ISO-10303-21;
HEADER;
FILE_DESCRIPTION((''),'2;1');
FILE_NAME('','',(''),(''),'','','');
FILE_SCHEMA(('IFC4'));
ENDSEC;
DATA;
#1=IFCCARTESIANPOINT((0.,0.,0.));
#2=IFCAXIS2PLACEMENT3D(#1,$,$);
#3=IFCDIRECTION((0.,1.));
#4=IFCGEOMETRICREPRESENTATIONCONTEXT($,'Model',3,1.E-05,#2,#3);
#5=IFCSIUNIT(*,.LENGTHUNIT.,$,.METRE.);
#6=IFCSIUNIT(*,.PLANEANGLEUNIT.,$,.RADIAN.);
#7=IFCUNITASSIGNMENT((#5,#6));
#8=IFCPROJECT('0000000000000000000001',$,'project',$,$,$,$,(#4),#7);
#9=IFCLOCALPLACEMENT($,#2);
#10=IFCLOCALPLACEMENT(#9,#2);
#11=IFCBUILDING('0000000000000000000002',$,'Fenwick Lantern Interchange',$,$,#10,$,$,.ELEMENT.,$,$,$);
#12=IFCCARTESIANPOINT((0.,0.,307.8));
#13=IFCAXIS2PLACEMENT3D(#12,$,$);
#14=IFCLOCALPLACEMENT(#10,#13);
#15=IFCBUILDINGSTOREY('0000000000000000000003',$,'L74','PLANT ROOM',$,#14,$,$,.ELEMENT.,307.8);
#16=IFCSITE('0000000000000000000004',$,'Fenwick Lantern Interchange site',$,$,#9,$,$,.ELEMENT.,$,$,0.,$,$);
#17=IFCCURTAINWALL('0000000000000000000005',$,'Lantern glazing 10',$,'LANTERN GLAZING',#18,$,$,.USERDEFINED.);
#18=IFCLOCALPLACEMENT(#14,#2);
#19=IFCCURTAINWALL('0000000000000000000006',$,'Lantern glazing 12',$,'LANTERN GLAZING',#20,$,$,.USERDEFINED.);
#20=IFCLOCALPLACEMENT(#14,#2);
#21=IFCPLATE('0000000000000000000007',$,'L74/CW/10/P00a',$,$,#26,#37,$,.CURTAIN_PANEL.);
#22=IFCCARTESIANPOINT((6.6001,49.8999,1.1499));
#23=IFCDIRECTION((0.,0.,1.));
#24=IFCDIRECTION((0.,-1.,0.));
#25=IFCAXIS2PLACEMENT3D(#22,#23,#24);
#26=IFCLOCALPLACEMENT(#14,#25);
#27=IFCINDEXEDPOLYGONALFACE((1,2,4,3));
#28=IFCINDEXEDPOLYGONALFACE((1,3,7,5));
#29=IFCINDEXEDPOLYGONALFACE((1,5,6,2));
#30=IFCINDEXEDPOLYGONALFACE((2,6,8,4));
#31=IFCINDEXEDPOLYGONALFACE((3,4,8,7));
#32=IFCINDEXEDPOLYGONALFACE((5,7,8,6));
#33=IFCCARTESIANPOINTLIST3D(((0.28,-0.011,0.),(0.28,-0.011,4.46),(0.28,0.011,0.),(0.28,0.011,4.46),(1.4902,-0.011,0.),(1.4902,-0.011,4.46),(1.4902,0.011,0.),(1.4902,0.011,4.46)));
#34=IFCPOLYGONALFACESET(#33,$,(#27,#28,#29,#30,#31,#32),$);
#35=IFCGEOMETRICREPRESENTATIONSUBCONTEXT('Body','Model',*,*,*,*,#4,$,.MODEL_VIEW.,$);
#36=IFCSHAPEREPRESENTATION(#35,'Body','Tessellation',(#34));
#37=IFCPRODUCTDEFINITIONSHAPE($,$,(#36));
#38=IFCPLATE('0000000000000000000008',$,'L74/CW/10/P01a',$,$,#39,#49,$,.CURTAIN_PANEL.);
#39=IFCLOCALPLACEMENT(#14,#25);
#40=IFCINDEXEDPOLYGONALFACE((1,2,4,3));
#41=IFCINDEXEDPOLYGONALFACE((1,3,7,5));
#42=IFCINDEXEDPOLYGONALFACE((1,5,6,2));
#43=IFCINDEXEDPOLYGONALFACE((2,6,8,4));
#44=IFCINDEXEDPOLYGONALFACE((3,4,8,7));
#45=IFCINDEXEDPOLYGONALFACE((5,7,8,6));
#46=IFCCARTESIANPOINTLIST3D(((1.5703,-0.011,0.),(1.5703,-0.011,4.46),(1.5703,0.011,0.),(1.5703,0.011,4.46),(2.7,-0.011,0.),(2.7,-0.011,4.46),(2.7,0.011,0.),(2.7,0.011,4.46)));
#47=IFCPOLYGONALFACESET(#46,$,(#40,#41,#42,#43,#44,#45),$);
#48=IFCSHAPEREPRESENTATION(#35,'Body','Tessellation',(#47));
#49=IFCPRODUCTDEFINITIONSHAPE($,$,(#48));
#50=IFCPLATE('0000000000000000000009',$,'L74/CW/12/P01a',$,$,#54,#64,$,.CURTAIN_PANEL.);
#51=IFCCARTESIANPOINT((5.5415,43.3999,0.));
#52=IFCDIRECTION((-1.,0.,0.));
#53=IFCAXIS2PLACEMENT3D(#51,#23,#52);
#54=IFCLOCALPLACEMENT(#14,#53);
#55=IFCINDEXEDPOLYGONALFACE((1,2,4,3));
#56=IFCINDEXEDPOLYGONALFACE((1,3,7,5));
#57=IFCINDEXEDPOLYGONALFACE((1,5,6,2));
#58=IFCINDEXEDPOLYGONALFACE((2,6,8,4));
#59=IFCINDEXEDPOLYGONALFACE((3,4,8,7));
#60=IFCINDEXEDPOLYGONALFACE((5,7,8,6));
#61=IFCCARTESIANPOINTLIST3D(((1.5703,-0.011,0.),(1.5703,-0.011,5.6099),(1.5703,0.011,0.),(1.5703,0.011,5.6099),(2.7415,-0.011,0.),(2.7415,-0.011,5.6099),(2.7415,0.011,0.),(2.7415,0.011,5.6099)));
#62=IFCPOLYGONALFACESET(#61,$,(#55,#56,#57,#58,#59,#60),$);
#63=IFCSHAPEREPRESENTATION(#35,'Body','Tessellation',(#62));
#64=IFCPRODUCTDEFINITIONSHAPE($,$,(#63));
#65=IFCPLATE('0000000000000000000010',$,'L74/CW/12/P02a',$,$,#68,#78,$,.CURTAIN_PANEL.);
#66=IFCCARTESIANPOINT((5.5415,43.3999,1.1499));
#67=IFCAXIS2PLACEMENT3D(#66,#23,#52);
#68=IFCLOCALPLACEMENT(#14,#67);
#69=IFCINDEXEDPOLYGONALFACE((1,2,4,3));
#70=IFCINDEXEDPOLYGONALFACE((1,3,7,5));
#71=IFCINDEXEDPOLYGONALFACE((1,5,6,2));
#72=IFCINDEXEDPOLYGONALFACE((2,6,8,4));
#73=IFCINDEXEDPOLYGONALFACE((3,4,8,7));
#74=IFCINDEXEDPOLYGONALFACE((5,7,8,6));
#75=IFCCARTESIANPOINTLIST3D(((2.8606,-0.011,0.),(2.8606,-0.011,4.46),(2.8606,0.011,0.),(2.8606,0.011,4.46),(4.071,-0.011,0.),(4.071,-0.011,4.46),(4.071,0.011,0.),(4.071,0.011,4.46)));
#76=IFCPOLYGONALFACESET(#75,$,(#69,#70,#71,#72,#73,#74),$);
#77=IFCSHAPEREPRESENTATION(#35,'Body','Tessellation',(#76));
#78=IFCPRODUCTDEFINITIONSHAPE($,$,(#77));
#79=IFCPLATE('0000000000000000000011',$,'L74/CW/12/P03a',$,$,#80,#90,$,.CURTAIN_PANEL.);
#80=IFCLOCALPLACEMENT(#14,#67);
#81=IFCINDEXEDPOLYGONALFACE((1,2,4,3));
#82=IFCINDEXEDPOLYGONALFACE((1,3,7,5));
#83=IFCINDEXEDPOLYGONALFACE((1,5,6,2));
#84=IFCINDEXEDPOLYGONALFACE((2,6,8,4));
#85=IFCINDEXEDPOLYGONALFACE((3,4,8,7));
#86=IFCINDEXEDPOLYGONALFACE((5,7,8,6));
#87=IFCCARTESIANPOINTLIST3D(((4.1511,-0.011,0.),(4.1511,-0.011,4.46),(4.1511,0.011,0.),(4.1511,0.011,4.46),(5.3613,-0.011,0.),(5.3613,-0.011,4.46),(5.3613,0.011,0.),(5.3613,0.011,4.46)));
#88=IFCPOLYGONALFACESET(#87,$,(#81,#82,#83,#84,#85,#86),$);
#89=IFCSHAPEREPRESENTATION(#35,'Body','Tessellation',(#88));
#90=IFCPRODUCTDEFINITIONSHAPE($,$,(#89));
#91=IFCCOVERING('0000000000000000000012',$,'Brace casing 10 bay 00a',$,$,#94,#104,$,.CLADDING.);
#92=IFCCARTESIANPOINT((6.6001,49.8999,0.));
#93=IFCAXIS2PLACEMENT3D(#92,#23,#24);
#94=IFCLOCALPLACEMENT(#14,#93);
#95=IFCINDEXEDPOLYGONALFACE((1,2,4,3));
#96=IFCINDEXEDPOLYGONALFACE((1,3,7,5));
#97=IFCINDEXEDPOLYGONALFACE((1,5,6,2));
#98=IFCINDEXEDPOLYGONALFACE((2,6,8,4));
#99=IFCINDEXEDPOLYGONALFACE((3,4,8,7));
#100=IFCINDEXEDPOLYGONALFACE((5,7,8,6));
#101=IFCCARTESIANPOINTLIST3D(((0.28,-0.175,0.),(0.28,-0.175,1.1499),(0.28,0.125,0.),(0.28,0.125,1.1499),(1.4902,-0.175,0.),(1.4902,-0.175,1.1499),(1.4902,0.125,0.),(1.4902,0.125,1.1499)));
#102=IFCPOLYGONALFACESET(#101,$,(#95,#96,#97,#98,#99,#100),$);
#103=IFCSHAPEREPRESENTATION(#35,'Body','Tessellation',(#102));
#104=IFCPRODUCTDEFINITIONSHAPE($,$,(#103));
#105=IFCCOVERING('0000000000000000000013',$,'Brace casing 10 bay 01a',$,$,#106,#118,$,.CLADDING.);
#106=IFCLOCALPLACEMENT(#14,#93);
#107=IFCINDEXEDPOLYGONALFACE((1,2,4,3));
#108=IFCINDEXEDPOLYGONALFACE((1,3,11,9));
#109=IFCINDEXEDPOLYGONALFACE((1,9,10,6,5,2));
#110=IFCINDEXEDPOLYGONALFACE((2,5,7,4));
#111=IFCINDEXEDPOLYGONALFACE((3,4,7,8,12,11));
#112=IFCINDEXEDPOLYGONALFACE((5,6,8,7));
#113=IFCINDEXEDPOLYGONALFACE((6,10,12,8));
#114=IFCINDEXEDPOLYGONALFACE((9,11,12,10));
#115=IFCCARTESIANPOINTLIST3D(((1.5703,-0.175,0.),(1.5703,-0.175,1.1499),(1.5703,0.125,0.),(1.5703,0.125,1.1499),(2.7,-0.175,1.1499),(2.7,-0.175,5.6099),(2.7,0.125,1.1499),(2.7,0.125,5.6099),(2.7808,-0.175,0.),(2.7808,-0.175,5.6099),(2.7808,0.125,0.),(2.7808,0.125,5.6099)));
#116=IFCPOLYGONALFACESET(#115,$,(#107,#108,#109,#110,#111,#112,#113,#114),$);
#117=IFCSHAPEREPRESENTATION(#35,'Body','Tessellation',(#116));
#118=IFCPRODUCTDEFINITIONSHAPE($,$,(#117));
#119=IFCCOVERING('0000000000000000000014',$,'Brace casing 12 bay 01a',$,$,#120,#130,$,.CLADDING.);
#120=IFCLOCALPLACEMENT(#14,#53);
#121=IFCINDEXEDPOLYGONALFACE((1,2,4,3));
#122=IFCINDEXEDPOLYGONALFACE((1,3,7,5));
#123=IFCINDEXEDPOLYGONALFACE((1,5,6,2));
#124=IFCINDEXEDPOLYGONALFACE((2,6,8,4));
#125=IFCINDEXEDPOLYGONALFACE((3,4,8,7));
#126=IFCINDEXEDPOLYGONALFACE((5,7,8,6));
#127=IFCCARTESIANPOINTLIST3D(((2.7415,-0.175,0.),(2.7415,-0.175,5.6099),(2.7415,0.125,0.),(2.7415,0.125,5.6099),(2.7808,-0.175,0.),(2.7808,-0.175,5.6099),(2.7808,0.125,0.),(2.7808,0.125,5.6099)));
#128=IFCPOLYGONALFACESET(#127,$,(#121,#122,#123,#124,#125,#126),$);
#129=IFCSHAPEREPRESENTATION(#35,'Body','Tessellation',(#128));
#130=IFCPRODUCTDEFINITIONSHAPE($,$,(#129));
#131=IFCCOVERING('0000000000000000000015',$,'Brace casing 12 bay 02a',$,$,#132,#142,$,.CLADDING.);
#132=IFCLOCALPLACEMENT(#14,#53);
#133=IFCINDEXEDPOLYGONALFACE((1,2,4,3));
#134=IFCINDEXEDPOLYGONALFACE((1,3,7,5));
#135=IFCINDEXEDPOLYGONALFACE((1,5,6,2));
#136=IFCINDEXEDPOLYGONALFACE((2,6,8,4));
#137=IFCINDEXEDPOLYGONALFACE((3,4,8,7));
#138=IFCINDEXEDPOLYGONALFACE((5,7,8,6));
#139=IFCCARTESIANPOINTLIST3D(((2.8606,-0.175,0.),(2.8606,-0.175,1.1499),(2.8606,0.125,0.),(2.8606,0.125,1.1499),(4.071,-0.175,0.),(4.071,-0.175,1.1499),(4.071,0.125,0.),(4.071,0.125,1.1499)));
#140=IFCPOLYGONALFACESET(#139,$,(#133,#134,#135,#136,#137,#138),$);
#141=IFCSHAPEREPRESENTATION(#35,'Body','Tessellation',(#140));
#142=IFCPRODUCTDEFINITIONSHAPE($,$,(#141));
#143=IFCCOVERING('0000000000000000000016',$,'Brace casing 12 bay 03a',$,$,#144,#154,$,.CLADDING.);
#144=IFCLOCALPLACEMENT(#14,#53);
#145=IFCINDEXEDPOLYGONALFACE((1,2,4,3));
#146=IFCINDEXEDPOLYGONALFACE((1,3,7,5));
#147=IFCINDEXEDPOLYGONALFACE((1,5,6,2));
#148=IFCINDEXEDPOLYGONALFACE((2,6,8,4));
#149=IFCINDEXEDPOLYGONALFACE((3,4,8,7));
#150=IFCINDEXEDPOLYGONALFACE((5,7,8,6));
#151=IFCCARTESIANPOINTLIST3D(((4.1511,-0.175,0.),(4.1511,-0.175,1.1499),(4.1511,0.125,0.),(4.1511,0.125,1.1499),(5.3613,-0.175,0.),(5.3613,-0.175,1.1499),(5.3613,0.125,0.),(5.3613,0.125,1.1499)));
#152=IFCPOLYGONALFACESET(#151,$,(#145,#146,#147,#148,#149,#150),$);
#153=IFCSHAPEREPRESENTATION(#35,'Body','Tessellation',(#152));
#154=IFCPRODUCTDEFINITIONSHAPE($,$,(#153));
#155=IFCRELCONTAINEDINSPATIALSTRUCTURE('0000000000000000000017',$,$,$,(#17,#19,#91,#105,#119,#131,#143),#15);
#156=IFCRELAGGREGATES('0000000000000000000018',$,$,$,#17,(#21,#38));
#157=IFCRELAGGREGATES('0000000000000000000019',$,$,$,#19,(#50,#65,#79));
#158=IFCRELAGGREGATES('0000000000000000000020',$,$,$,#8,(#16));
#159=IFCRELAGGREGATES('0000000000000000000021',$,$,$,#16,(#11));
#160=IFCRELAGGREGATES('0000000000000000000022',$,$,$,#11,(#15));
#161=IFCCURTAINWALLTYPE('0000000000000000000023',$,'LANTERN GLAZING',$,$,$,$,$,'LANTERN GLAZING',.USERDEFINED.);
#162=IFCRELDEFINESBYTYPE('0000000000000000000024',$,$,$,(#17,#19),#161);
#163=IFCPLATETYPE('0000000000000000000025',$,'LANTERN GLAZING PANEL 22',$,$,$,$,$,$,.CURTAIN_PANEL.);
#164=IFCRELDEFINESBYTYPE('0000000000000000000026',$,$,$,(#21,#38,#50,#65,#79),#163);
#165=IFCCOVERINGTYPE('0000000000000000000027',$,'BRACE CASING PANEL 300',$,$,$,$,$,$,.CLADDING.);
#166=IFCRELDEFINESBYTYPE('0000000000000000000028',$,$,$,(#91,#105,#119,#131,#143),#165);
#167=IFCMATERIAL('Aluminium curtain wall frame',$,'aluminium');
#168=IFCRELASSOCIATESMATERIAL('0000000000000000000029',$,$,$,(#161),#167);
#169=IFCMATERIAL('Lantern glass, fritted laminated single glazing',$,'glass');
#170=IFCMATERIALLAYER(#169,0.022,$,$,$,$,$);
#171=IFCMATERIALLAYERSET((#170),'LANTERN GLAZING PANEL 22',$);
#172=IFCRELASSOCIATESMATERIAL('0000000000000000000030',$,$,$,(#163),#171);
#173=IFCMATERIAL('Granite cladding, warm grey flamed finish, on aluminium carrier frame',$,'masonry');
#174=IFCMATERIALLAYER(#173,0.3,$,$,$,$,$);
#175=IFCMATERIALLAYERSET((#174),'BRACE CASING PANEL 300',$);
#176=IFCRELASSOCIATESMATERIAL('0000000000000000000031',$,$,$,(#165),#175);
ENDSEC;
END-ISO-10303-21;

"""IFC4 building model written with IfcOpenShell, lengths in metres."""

from ifc_helpers import new_model, si_unit, direction, frame, origin, place, context, subcontext, project, spatial, polyline, outline, extrude, material, layer, layer_set, type_object, element, aggregate, save


model = new_model("IFC4")

# Units and contexts
model_context = context("Model", 3, precision=1e-05, world=origin(), true_north=direction((0.0, 1.0)))
body_context = subcontext(model_context, "Body", "Model", "MODEL_VIEW")
ifc_project = project(units=[si_unit("LENGTHUNIT", "METRE"), si_unit("PLANEANGLEUNIT", "RADIAN")], contexts=[model_context])

# Site, building, storey
site_placement = place(None, origin())
site = spatial("IfcSite", under=ifc_project, at=site_placement, Name="Fenwick Lantern Interchange site", CompositionType="ELEMENT", RefElevation=0.0)
building_placement = place(site_placement, origin())
building = spatial("IfcBuilding", under=site, at=building_placement, Name="Fenwick Lantern Interchange", CompositionType="ELEMENT")
storey_placement = place(building_placement, frame((0.0, 0.0, 307.8)))
storey = spatial("IfcBuildingStorey", under=building, at=storey_placement, Name="L74", Description="PLANT ROOM", CompositionType="ELEMENT", Elevation=307.8)

# Curtain walls
ifc_material_1 = material(Name="Aluminium curtain wall frame", Category="aluminium")
curtain_wall_type = type_object("IfcCurtainWallType", Name="LANTERN GLAZING", ElementType="LANTERN GLAZING", PredefinedType="USERDEFINED", material=ifc_material_1)
curtain_wall_1_placement = place(storey_placement, origin())
curtain_wall_1 = element("IfcCurtainWall", 1, at=curtain_wall_1_placement, inside=storey, type_object=curtain_wall_type, Name="Lantern glazing 10", ObjectType="LANTERN GLAZING", PredefinedType="USERDEFINED")
curtain_wall_2_placement = place(storey_placement, origin())
curtain_wall_2 = element("IfcCurtainWall", 2, at=curtain_wall_2_placement, inside=storey, type_object=curtain_wall_type, Name="Lantern glazing 12", ObjectType="LANTERN GLAZING", PredefinedType="USERDEFINED")

# Plates
ifc_material_2 = material(Name="Lantern glass, fritted laminated single glazing", Category="glass")
ifc_layer_1 = layer(ifc_material_2, 0.022)
ifc_layer_set_1 = layer_set([ifc_layer_1], Name="LANTERN GLAZING PANEL 22")
plate_type = type_object("IfcPlateType", Name="LANTERN GLAZING PANEL 22", PredefinedType="CURTAIN_PANEL", material=ifc_layer_set_1)
plate_1_placement = place(storey_placement, frame((6.6001, 49.8999, 1.1499), z_axis=(0.0, 0.0, 1.0), x_axis=(0.0, -1.0, 0.0)))
plate_1 = element("IfcPlate", 3, at=plate_1_placement, type_object=plate_type, Name="L74/CW/10/P00a", PredefinedType="CURTAIN_PANEL", context=body_context, shape_type="SweptSolid", body=[
    extrude(outline(polyline([(0.28, 0.0), (1.4902, 0.0), (1.4902, 4.46), (0.28, 4.46), (0.28, 0.0)])), frame((0.0, 0.011, 0.0), z_axis=(0.0, -1.0, 0.0), x_axis=(1.0, 0.0, 0.0)), (0.0, 0.0, 1.0), 0.022),
])
plate_2_placement = place(storey_placement, frame((6.6001, 49.8999, 1.1499), z_axis=(0.0, 0.0, 1.0), x_axis=(0.0, -1.0, 0.0)))
plate_2 = element("IfcPlate", 4, at=plate_2_placement, type_object=plate_type, Name="L74/CW/10/P01a", PredefinedType="CURTAIN_PANEL", context=body_context, shape_type="SweptSolid", body=[
    extrude(outline(polyline([(1.5703, 0.0), (2.7, 0.0), (2.7, 4.46), (1.5703, 4.46), (1.5703, 0.0)])), frame((0.0, 0.011, 0.0), z_axis=(0.0, -1.0, 0.0), x_axis=(1.0, 0.0, 0.0)), (0.0, 0.0, 1.0), 0.022),
])
aggregate(curtain_wall_1, [plate_1, plate_2])
plate_3_placement = place(storey_placement, frame((5.5415, 43.3999, 0.0), z_axis=(0.0, 0.0, 1.0), x_axis=(-1.0, 0.0, 0.0)))
plate_3 = element("IfcPlate", 5, at=plate_3_placement, type_object=plate_type, Name="L74/CW/12/P01a", PredefinedType="CURTAIN_PANEL", context=body_context, shape_type="SweptSolid", body=[
    extrude(outline(polyline([(1.5703, 0.0), (2.7415, 0.0), (2.7415, 5.6099), (1.5703, 5.6099), (1.5703, 0.0)])), frame((0.0, 0.011, 0.0), z_axis=(0.0, -1.0, 0.0), x_axis=(1.0, 0.0, 0.0)), (0.0, 0.0, 1.0), 0.022),
])
plate_4_placement = place(storey_placement, frame((5.5415, 43.3999, 1.1499), z_axis=(0.0, 0.0, 1.0), x_axis=(-1.0, 0.0, 0.0)))
plate_4 = element("IfcPlate", 6, at=plate_4_placement, type_object=plate_type, Name="L74/CW/12/P02a", PredefinedType="CURTAIN_PANEL", context=body_context, shape_type="SweptSolid", body=[
    extrude(outline(polyline([(2.8606, 0.0), (4.071, 0.0), (4.071, 4.46), (2.8606, 4.46), (2.8606, 0.0)])), frame((0.0, 0.011, 0.0), z_axis=(0.0, -1.0, 0.0), x_axis=(1.0, 0.0, 0.0)), (0.0, 0.0, 1.0), 0.022),
])
plate_5_placement = place(storey_placement, frame((5.5415, 43.3999, 1.1499), z_axis=(0.0, 0.0, 1.0), x_axis=(-1.0, 0.0, 0.0)))
plate_5 = element("IfcPlate", 7, at=plate_5_placement, type_object=plate_type, Name="L74/CW/12/P03a", PredefinedType="CURTAIN_PANEL", context=body_context, shape_type="SweptSolid", body=[
    extrude(outline(polyline([(4.1511, 0.0), (5.3613, 0.0), (5.3613, 4.46), (4.1511, 4.46), (4.1511, 0.0)])), frame((0.0, 0.011, 0.0), z_axis=(0.0, -1.0, 0.0), x_axis=(1.0, 0.0, 0.0)), (0.0, 0.0, 1.0), 0.022),
])
aggregate(curtain_wall_2, [plate_3, plate_4, plate_5])

# Coverings
ifc_material_3 = material(Name="Granite cladding, warm grey flamed finish, on aluminium carrier frame", Category="masonry")
ifc_layer_2 = layer(ifc_material_3, 0.3)
ifc_layer_set_2 = layer_set([ifc_layer_2], Name="BRACE CASING PANEL 300")
covering_type = type_object("IfcCoveringType", Name="BRACE CASING PANEL 300", PredefinedType="CLADDING", material=ifc_layer_set_2)
covering_1_placement = place(storey_placement, frame((6.6001, 49.8999, 0.0), z_axis=(0.0, 0.0, 1.0), x_axis=(0.0, -1.0, 0.0)))
element("IfcCovering", 8, at=covering_1_placement, inside=storey, type_object=covering_type, Name="Brace casing 10 bay 00a", PredefinedType="CLADDING", context=body_context, shape_type="SweptSolid", body=[
    extrude(outline(polyline([(0.28, 0.0), (1.4902, 0.0), (1.4902, 1.1499), (0.28, 1.1499), (0.28, 0.0)])), frame((0.0, 0.125, 0.0), z_axis=(0.0, -1.0, 0.0), x_axis=(1.0, 0.0, 0.0)), (0.0, 0.0, 1.0), 0.3),
])
covering_2_placement = place(storey_placement, frame((6.6001, 49.8999, 0.0), z_axis=(0.0, 0.0, 1.0), x_axis=(0.0, -1.0, 0.0)))
element("IfcCovering", 9, at=covering_2_placement, inside=storey, type_object=covering_type, Name="Brace casing 10 bay 01a", PredefinedType="CLADDING", context=body_context, shape_type="SweptSolid", body=[
    extrude(outline(polyline([(1.5703, 0.0), (2.7808, 0.0), (2.7808, 5.6099), (2.7, 5.6099), (2.7, 1.1499), (1.5703, 1.1499), (1.5703, 0.0)])), frame((0.0, 0.125, 0.0), z_axis=(0.0, -1.0, 0.0), x_axis=(1.0, 0.0, 0.0)), (0.0, 0.0, 1.0), 0.3),
])
covering_3_placement = place(storey_placement, frame((5.5415, 43.3999, 0.0), z_axis=(0.0, 0.0, 1.0), x_axis=(-1.0, 0.0, 0.0)))
element("IfcCovering", 10, at=covering_3_placement, inside=storey, type_object=covering_type, Name="Brace casing 12 bay 01a", PredefinedType="CLADDING", context=body_context, shape_type="SweptSolid", body=[
    extrude(outline(polyline([(2.7415, 0.0), (2.7808, 0.0), (2.7808, 5.6099), (2.7415, 5.6099), (2.7415, 0.0)])), frame((0.0, 0.125, 0.0), z_axis=(0.0, -1.0, 0.0), x_axis=(1.0, 0.0, 0.0)), (0.0, 0.0, 1.0), 0.3),
])
covering_4_placement = place(storey_placement, frame((5.5415, 43.3999, 0.0), z_axis=(0.0, 0.0, 1.0), x_axis=(-1.0, 0.0, 0.0)))
element("IfcCovering", 11, at=covering_4_placement, inside=storey, type_object=covering_type, Name="Brace casing 12 bay 02a", PredefinedType="CLADDING", context=body_context, shape_type="SweptSolid", body=[
    extrude(outline(polyline([(2.8606, 0.0), (4.071, 0.0), (4.071, 1.1499), (2.8606, 1.1499), (2.8606, 0.0)])), frame((0.0, 0.125, 0.0), z_axis=(0.0, -1.0, 0.0), x_axis=(1.0, 0.0, 0.0)), (0.0, 0.0, 1.0), 0.3),
])
covering_5_placement = place(storey_placement, frame((5.5415, 43.3999, 0.0), z_axis=(0.0, 0.0, 1.0), x_axis=(-1.0, 0.0, 0.0)))
element("IfcCovering", 12, at=covering_5_placement, inside=storey, type_object=covering_type, Name="Brace casing 12 bay 03a", PredefinedType="CLADDING", context=body_context, shape_type="SweptSolid", body=[
    extrude(outline(polyline([(4.1511, 0.0), (5.3613, 0.0), (5.3613, 1.1499), (4.1511, 1.1499), (4.1511, 0.0)])), frame((0.0, 0.125, 0.0), z_axis=(0.0, -1.0, 0.0), x_axis=(1.0, 0.0, 0.0)), (0.0, 0.0, 1.0), 0.3),
])

save(model, "model.ifc")
